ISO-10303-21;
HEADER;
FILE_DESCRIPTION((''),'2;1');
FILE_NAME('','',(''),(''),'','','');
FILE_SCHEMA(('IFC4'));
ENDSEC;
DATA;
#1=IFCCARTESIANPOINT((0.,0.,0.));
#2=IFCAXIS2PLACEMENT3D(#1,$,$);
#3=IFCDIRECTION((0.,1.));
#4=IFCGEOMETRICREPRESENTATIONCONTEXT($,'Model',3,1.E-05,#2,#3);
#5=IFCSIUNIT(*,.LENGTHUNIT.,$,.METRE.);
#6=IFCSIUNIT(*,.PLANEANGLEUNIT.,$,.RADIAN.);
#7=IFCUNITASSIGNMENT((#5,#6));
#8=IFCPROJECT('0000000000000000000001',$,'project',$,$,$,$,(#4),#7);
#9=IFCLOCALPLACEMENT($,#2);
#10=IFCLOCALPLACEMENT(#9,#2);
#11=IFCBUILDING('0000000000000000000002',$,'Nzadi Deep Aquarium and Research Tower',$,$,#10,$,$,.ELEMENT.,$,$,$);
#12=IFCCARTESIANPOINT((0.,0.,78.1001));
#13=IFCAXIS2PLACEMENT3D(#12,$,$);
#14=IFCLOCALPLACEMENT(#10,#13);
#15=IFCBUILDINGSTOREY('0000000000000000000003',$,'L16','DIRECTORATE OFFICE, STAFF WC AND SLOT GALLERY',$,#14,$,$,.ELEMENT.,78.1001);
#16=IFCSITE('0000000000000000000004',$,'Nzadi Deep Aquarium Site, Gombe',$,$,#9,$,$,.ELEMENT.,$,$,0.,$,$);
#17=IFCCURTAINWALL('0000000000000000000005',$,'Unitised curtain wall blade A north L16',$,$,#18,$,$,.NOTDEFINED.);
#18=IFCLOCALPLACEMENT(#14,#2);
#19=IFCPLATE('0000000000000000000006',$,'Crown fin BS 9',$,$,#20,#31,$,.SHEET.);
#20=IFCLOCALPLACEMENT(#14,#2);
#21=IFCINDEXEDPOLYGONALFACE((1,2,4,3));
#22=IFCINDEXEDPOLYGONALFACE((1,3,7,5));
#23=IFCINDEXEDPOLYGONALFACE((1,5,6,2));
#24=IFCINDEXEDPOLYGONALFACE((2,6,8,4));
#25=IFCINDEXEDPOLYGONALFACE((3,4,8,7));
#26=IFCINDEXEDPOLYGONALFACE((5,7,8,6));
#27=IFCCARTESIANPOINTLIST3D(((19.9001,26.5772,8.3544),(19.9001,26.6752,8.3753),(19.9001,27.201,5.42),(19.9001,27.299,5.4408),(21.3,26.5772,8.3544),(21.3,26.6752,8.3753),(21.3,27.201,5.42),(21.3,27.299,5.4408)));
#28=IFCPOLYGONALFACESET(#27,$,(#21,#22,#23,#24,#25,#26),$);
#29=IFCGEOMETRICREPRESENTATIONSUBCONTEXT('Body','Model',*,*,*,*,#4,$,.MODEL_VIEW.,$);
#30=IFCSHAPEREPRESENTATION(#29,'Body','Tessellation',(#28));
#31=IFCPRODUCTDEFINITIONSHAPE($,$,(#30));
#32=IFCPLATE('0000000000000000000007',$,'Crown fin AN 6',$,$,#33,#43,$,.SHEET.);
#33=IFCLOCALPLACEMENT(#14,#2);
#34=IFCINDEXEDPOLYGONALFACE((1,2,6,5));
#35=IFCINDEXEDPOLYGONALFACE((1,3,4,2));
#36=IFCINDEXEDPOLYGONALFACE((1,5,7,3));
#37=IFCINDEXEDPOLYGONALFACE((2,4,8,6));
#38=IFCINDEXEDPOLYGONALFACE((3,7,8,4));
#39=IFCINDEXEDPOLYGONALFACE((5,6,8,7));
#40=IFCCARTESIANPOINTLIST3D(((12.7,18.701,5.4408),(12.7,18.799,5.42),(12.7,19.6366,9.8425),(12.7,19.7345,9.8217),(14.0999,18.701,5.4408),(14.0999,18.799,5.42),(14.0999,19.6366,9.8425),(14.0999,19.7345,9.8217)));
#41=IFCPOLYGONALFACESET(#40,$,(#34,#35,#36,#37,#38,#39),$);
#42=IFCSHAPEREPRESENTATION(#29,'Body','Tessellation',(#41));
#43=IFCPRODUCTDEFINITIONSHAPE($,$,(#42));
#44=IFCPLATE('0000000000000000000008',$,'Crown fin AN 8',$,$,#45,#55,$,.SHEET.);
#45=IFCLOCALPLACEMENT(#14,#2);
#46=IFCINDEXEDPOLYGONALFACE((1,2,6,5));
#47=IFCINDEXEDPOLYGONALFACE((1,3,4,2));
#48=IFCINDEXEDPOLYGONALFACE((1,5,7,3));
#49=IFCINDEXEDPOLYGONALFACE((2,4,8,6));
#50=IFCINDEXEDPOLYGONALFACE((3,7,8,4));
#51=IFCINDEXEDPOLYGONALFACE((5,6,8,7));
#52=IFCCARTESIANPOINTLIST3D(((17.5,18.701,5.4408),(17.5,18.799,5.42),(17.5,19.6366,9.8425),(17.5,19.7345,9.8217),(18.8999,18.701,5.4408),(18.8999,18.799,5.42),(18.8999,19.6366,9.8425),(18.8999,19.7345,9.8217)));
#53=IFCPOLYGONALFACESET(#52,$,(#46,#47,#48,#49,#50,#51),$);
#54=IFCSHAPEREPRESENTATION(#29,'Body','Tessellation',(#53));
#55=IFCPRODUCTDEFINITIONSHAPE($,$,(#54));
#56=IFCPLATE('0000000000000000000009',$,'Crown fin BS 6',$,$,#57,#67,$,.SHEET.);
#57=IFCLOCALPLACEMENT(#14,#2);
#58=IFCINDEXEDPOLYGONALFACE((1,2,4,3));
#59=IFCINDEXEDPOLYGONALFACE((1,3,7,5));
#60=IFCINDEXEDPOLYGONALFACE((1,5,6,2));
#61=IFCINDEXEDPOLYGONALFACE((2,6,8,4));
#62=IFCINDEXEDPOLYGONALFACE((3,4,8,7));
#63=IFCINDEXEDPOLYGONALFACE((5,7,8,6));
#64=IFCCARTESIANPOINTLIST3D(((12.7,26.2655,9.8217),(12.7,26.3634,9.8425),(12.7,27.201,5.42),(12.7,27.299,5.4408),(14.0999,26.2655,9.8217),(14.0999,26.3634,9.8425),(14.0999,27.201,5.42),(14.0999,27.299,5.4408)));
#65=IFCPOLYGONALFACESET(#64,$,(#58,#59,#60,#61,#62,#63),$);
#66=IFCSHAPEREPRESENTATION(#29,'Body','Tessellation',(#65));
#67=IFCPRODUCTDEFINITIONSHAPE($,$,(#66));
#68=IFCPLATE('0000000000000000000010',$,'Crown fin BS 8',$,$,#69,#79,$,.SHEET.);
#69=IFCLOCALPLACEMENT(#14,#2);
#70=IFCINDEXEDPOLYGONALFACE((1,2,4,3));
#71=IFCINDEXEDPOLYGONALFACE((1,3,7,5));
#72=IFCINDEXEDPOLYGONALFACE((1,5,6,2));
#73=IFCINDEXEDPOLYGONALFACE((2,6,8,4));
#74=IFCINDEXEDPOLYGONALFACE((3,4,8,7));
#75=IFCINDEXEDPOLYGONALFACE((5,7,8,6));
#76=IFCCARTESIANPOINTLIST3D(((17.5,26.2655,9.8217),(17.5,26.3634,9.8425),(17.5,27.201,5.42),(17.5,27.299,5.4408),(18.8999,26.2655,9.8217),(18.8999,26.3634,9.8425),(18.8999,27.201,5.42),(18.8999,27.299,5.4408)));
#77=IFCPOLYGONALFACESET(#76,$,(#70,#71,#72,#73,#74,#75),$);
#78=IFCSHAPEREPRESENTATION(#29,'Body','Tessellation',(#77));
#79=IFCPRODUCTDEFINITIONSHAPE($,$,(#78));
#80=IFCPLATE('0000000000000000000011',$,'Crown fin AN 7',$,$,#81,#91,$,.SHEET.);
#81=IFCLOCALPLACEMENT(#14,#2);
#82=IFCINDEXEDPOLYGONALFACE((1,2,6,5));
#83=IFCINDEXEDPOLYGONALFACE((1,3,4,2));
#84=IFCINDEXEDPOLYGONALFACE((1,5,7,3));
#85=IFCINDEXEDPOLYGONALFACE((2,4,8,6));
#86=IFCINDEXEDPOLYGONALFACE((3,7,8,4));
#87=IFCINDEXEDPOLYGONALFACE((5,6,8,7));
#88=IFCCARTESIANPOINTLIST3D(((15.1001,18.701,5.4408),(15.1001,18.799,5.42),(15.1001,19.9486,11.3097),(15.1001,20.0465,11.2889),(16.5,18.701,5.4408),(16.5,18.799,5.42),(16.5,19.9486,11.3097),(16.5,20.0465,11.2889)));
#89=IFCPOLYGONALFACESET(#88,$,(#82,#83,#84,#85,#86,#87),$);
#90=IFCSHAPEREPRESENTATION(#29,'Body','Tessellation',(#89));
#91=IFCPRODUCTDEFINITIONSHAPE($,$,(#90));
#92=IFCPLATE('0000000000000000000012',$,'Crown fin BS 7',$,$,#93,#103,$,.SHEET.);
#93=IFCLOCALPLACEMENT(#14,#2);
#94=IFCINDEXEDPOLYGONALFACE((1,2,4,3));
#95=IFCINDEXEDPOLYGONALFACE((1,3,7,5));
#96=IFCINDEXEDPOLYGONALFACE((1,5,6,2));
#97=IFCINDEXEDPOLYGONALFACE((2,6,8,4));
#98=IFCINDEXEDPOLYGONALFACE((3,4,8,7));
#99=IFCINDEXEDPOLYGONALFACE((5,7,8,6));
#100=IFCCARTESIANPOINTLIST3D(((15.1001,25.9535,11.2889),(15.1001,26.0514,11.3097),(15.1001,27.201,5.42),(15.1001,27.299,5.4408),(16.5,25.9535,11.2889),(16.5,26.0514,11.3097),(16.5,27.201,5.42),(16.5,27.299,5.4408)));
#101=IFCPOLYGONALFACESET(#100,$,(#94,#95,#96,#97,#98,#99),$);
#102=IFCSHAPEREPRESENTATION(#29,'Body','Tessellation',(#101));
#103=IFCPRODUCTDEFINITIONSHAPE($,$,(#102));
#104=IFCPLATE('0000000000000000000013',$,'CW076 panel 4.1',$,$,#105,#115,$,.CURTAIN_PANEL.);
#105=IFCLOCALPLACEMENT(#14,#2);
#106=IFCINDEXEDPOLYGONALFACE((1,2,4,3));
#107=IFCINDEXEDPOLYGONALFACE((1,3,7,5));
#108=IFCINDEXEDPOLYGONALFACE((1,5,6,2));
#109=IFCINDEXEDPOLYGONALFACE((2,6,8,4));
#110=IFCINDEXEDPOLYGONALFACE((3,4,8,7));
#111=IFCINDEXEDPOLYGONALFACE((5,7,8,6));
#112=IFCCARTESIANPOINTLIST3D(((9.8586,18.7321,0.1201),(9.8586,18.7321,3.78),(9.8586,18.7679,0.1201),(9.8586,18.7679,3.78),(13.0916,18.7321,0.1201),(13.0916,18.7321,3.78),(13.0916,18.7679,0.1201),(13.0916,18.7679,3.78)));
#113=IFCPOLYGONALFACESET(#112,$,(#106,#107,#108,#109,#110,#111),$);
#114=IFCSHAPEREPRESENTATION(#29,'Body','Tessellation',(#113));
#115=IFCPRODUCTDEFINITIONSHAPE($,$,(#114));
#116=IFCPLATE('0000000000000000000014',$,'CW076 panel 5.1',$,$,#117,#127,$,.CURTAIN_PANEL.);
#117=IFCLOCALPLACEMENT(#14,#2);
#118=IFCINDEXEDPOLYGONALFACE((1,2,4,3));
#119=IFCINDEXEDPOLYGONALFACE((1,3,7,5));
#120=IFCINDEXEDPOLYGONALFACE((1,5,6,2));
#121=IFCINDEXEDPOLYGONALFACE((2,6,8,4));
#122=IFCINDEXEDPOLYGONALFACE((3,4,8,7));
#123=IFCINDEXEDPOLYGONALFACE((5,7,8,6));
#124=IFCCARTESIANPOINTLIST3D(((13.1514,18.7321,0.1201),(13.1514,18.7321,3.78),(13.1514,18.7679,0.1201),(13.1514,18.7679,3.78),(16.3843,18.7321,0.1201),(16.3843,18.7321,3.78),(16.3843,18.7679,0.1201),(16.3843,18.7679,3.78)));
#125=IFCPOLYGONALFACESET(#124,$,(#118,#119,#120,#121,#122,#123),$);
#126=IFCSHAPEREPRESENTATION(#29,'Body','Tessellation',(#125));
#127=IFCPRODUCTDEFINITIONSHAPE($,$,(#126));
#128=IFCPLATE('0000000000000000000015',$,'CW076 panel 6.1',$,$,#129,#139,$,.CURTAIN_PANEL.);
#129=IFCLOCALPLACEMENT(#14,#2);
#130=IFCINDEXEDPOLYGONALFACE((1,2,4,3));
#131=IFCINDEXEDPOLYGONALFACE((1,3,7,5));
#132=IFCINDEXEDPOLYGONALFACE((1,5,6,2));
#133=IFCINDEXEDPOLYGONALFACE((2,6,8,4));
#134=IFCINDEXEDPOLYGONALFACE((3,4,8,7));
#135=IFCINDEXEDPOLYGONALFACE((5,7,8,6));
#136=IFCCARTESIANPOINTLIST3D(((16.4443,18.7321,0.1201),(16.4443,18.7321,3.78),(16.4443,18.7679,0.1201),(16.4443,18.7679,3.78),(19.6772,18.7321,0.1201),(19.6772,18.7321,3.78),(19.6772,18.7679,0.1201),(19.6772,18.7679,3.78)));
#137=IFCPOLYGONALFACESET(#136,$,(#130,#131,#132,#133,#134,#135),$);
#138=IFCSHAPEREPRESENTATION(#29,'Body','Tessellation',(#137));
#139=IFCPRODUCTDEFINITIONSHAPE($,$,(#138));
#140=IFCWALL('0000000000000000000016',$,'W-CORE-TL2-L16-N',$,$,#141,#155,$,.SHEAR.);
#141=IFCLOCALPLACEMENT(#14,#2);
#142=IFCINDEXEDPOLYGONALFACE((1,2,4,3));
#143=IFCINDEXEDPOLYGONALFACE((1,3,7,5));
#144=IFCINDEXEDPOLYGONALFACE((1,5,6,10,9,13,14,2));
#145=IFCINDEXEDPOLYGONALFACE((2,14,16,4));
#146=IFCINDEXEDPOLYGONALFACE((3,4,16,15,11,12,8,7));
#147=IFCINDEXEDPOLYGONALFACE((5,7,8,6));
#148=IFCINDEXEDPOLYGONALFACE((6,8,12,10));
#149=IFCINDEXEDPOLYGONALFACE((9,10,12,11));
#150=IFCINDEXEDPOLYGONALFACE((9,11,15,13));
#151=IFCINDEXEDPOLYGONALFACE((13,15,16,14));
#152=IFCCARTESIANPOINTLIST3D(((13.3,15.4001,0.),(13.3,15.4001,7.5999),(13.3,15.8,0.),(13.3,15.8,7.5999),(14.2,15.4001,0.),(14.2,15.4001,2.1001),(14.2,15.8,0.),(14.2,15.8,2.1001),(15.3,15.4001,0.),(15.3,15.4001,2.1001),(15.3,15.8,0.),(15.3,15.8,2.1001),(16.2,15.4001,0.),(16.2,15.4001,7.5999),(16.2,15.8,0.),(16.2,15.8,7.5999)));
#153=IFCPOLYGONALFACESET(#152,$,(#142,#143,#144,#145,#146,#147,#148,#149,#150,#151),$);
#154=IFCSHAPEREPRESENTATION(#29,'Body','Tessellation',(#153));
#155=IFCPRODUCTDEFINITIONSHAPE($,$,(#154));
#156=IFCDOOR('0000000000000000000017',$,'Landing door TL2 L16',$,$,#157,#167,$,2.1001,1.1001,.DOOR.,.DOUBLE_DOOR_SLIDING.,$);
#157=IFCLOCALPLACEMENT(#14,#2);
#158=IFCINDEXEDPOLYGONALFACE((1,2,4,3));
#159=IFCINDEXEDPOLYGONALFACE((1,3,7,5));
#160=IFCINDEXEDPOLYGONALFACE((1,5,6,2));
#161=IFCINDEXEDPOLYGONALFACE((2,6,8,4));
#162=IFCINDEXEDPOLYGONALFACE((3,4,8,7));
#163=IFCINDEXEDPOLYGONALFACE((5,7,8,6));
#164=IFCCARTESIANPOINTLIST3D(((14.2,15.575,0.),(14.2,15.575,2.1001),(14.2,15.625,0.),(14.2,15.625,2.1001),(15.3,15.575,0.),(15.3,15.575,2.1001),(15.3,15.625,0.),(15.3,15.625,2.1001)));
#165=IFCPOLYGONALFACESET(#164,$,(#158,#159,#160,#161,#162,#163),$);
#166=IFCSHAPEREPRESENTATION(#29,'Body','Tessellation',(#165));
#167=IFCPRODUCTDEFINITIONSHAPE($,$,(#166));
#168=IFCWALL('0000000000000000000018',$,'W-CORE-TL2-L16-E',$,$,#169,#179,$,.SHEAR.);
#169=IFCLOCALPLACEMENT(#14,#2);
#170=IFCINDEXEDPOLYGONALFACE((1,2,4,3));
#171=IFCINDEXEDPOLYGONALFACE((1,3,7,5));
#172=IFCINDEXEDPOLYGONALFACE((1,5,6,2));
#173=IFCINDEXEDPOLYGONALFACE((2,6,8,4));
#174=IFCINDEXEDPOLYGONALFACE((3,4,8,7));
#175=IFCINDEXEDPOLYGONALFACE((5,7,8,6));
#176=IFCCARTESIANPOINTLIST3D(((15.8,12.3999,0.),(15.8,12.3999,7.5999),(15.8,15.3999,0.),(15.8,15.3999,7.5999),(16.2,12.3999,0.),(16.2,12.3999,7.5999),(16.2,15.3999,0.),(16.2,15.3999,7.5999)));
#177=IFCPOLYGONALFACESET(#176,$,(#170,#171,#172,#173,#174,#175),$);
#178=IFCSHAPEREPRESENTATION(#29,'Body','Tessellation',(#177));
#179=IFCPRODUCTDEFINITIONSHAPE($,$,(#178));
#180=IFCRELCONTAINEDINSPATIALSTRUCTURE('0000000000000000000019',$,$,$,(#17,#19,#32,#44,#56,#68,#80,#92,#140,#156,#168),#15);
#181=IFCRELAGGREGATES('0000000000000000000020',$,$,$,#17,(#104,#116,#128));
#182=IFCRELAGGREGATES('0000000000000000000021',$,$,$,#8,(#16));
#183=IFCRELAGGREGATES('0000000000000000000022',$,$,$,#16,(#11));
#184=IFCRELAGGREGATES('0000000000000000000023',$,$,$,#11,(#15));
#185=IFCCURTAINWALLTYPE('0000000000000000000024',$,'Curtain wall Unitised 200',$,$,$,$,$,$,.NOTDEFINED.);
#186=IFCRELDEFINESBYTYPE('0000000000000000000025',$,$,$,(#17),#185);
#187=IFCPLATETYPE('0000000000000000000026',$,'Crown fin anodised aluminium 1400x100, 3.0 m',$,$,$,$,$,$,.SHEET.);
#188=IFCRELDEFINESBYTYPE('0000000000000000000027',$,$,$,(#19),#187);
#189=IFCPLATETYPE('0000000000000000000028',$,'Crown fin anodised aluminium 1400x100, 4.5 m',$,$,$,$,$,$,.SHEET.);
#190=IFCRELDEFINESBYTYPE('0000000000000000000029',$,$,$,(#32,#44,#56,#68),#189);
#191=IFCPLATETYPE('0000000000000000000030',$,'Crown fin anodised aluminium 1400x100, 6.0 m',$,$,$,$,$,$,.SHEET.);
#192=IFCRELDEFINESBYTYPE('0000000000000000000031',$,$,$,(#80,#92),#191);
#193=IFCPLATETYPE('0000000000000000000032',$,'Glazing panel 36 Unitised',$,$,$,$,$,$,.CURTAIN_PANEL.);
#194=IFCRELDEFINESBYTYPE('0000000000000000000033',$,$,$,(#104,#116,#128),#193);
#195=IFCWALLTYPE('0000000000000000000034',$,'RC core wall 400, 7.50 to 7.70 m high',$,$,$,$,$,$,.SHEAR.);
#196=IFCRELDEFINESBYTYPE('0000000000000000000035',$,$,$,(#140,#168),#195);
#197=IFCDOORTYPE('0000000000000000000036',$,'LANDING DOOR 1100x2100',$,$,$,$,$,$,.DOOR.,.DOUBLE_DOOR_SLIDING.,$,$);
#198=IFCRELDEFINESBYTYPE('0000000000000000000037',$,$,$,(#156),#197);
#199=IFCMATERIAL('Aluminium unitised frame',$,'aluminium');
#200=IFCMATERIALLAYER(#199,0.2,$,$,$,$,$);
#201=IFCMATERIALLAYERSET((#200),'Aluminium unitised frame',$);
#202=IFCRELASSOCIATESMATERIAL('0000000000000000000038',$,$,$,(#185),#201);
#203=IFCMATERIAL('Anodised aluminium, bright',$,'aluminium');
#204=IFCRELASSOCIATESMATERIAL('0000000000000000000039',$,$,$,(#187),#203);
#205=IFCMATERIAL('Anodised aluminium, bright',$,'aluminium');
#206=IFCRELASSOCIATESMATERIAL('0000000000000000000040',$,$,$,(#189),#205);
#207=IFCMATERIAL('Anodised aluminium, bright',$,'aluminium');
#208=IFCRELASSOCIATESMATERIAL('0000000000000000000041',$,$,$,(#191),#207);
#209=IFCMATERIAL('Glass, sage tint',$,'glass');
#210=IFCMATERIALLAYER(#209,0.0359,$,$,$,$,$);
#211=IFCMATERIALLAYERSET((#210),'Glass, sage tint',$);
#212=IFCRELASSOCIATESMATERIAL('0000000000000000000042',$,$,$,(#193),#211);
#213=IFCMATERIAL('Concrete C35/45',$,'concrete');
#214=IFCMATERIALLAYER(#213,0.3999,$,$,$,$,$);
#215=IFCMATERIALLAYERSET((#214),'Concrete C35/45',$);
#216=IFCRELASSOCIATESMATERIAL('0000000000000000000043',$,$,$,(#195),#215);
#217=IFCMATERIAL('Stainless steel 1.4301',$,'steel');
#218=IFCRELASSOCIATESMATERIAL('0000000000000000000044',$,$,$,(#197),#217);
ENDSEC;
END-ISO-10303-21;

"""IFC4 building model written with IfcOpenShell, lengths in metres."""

from ifc_helpers import new_model, si_unit, direction, frame, frame_2d, origin, origin_2d, place, context, subcontext, project, spatial, rectangle, extrude, material, layer, layer_set, material_profile, profile_set, type_object, element, fill, aggregate, save


model = new_model("IFC4")

# Units and contexts
model_context = context("Model", 3, precision=1e-05, world=origin(), true_north=direction((0.0, 1.0)))
body_context = subcontext(model_context, "Body", "Model", "MODEL_VIEW")
ifc_project = project(units=[si_unit("LENGTHUNIT", "METRE"), si_unit("PLANEANGLEUNIT", "RADIAN")], contexts=[model_context])

# Site, building, storey
site_placement = place(None, origin())
site = spatial("IfcSite", under=ifc_project, at=site_placement, Name="Nzadi Deep Aquarium Site, Gombe", CompositionType="ELEMENT", RefElevation=0.0)
building_placement = place(site_placement, origin())
building = spatial("IfcBuilding", under=site, at=building_placement, Name="Nzadi Deep Aquarium and Research Tower", CompositionType="ELEMENT")
storey_placement = place(building_placement, frame((0.0, 0.0, 78.1001)))
storey = spatial("IfcBuildingStorey", under=building, at=storey_placement, Name="L16", Description="DIRECTORATE OFFICE, STAFF WC AND SLOT GALLERY", CompositionType="ELEMENT", Elevation=78.1001)

# Curtain wall
ifc_material_1 = material(Name="Aluminium unitised frame", Category="aluminium")
ifc_layer_1 = layer(ifc_material_1, 0.2)
ifc_layer_set_1 = layer_set([ifc_layer_1], Name="Aluminium unitised frame")
curtain_wall_type = type_object("IfcCurtainWallType", Name="Curtain wall Unitised 200", PredefinedType="NOTDEFINED", material=ifc_layer_set_1)
curtain_wall_placement = place(storey_placement, origin())
curtain_wall = element("IfcCurtainWall", 1, at=curtain_wall_placement, inside=storey, type_object=curtain_wall_type, Name="Unitised curtain wall blade A north L16", PredefinedType="NOTDEFINED")

# Plates
ifc_material_2 = material(Name="Anodised aluminium, bright", Category="aluminium")
ifc_material_profile_1 = material_profile(ifc_material_2, rectangle(XDim=1.3999, YDim=0.1001, at=origin_2d()))
ifc_profile_set_1 = profile_set([ifc_material_profile_1], Name="Anodised aluminium, bright")
plate_type_1 = type_object("IfcPlateType", Name="Crown fin anodised aluminium 1400x100, 3.0 m", PredefinedType="SHEET", material=ifc_profile_set_1)
for number, where, z_axis, x_axis, name in (
    (2, (20.6001, 27.25, 5.4304), (0.0, -0.207934, 0.978143), (1.0, 0.0, 0.0), "Crown fin BS 9"),
):
    element("IfcPlate", number, at=place(storey_placement, frame(where, z_axis=z_axis, x_axis=x_axis)), inside=storey, type_object=plate_type_1, Name=name, PredefinedType="SHEET", context=body_context, shape_type="SweptSolid", body=[
        extrude(rectangle(XDim=1.3999, YDim=0.1001, at=origin_2d()), origin(), (0.0, 0.0, 1.0), 3.0),
    ])
ifc_material_3 = material(Name="Anodised aluminium, bright", Category="aluminium")
ifc_material_profile_2 = material_profile(ifc_material_3, rectangle(XDim=1.3999, YDim=0.1001, at=origin_2d()))
ifc_profile_set_2 = profile_set([ifc_material_profile_2], Name="Anodised aluminium, bright")
plate_type_2 = type_object("IfcPlateType", Name="Crown fin anodised aluminium 1400x100, 4.5 m", PredefinedType="SHEET", material=ifc_profile_set_2)
for number, where, z_axis, x_axis, name in (
    (3, (13.3999, 18.75, 5.4304), (0.0, 0.207902, 0.97815), (-1.0, 0.0, 0.0), "Crown fin AN 6"),
    (4, (18.2, 18.75, 5.4304), (0.0, 0.207902, 0.97815), (-1.0, 0.0, 0.0), "Crown fin AN 8"),
    (5, (13.3999, 27.25, 5.4304), (0.0, -0.207902, 0.97815), (1.0, 0.0, 0.0), "Crown fin BS 6"),
    (6, (18.2, 27.25, 5.4304), (0.0, -0.207902, 0.97815), (1.0, 0.0, 0.0), "Crown fin BS 8"),
):
    element("IfcPlate", number, at=place(storey_placement, frame(where, z_axis=z_axis, x_axis=x_axis)), inside=storey, type_object=plate_type_2, Name=name, PredefinedType="SHEET", context=body_context, shape_type="SweptSolid", body=[
        extrude(rectangle(XDim=1.3999, YDim=0.1001, at=origin_2d()), origin(), (0.0, 0.0, 1.0), 4.5),
    ])
ifc_material_4 = material(Name="Anodised aluminium, bright", Category="aluminium")
ifc_material_profile_3 = material_profile(ifc_material_4, rectangle(XDim=1.3999, YDim=0.1001, at=origin_2d()))
ifc_profile_set_3 = profile_set([ifc_material_profile_3], Name="Anodised aluminium, bright")
plate_type_3 = type_object("IfcPlateType", Name="Crown fin anodised aluminium 1400x100, 6.0 m", PredefinedType="SHEET", material=ifc_profile_set_3)
for number, where, z_axis, x_axis, name in (
    (7, (15.8, 18.75, 5.4304), (0.0, 0.207925, 0.978145), (-1.0, 0.0, 0.0), "Crown fin AN 7"),
    (8, (15.8, 27.25, 5.4304), (0.0, -0.207925, 0.978145), (1.0, 0.0, 0.0), "Crown fin BS 7"),
):
    element("IfcPlate", number, at=place(storey_placement, frame(where, z_axis=z_axis, x_axis=x_axis)), inside=storey, type_object=plate_type_3, Name=name, PredefinedType="SHEET", context=body_context, shape_type="SweptSolid", body=[
        extrude(rectangle(XDim=1.3999, YDim=0.1001, at=origin_2d()), origin(), (0.0, 0.0, 1.0), 6.0),
    ])

# Plates
ifc_material_5 = material(Name="Glass, sage tint", Category="glass")
ifc_layer_2 = layer(ifc_material_5, 0.0359)
ifc_layer_set_2 = layer_set([ifc_layer_2], Name="Glass, sage tint")
plate_type_4 = type_object("IfcPlateType", Name="Glazing panel 36 Unitised", PredefinedType="CURTAIN_PANEL", material=ifc_layer_set_2)
plate_1_placement = place(storey_placement, frame((11.4751, 18.75, 0.1201), z_axis=(0.0, 0.0, 1.0), x_axis=(1.0, 0.0, 0.0)))
plate_1 = element("IfcPlate", 9, at=plate_1_placement, type_object=plate_type_4, Name="CW076 panel 4.1", PredefinedType="CURTAIN_PANEL", context=body_context, shape_type="SweptSolid", body=[
    extrude(rectangle(XDim=3.2329, YDim=0.0359, at=origin_2d()), origin(), (0.0, 0.0, 1.0), 3.6599),
])
plate_2_placement = place(storey_placement, frame((14.7678, 18.75, 0.1201), z_axis=(0.0, 0.0, 1.0), x_axis=(1.0, 0.0, 0.0)))
plate_2 = element("IfcPlate", 10, at=plate_2_placement, type_object=plate_type_4, Name="CW076 panel 5.1", PredefinedType="CURTAIN_PANEL", context=body_context, shape_type="SweptSolid", body=[
    extrude(rectangle(XDim=3.2329, YDim=0.0359, at=origin_2d()), origin(), (0.0, 0.0, 1.0), 3.6599),
])
plate_3_placement = place(storey_placement, frame((18.0608, 18.75, 0.1201), z_axis=(0.0, 0.0, 1.0), x_axis=(1.0, 0.0, 0.0)))
plate_3 = element("IfcPlate", 11, at=plate_3_placement, type_object=plate_type_4, Name="CW076 panel 6.1", PredefinedType="CURTAIN_PANEL", context=body_context, shape_type="SweptSolid", body=[
    extrude(rectangle(XDim=3.2329, YDim=0.0359, at=origin_2d()), origin(), (0.0, 0.0, 1.0), 3.6599),
])
aggregate(curtain_wall, [plate_1, plate_2, plate_3])

# Wall, opening, door
ifc_material_6 = material(Name="Concrete C35/45", Category="concrete")
ifc_layer_3 = layer(ifc_material_6, 0.3999)
ifc_layer_set_3 = layer_set([ifc_layer_3], Name="Concrete C35/45")
wall_type = type_object("IfcWallType", Name="RC core wall 400, 7.50 to 7.70 m high", PredefinedType="SHEAR", material=ifc_layer_set_3)
wall_1_placement = place(storey_placement, frame((13.3, 15.6001, 0.0), z_axis=(0.0, 0.0, 1.0), x_axis=(1.0, 0.0, 0.0)))
wall_1 = element("IfcWall", 12, at=wall_1_placement, inside=storey, type_object=wall_type, Name="W-CORE-TL2-L16-N", PredefinedType="SHEAR", context=body_context, shape_type="SweptSolid", body=[
    extrude(rectangle(XDim=2.8999, YDim=0.3999, at=frame_2d((1.45, 0.0))), origin(), (0.0, 0.0, 1.0), 7.5999),
])
opening_1_placement = place(wall_1_placement, frame((0.8999, 0.0, 0.0)))
opening_1 = element("IfcOpeningElement", 13, at=opening_1_placement, cuts=wall_1, PredefinedType="OPENING", context=body_context, shape_type="SweptSolid", body=[
    extrude(rectangle(XDim=1.1001, YDim=2.1001, at=frame_2d((0.55, 1.05))), frame((0.0, 0.21, 0.0), z_axis=(0.0, -1.0, 0.0), x_axis=(1.0, 0.0, 0.0)), (0.0, 0.0, 1.0), 0.4199),
])
ifc_material_7 = material(Name="Stainless steel 1.4301", Category="steel")
door_type_1 = type_object("IfcDoorType", Name="LANDING DOOR 1100x2100", OperationType="DOUBLE_DOOR_SLIDING", PredefinedType="DOOR", material=ifc_material_7)
door_1_placement = place(opening_1_placement, origin())
door_1 = element("IfcDoor", 14, at=door_1_placement, inside=storey, type_object=door_type_1, Name="Landing door TL2 L16", OperationType="DOUBLE_DOOR_SLIDING", OverallHeight=2.1001, OverallWidth=1.1001, PredefinedType="DOOR", context=body_context, shape_type="SweptSolid", body=[
    extrude(rectangle(XDim=1.1001, YDim=2.1001, at=frame_2d((0.55, 1.05))), frame((0.0, 0.0249, 0.0), z_axis=(0.0, -1.0, 0.0), x_axis=(1.0, 0.0, 0.0)), (0.0, 0.0, 1.0), 0.05),
])
fill(opening_1, door_1)

# Wall
wall_2_placement = place(storey_placement, frame((16.0, 12.3999, 0.0), z_axis=(0.0, 0.0, 1.0), x_axis=(0.0, 1.0, 0.0)))
element("IfcWall", 15, at=wall_2_placement, inside=storey, type_object=wall_type, Name="W-CORE-TL2-L16-E", PredefinedType="SHEAR", context=body_context, shape_type="SweptSolid", body=[
    extrude(rectangle(XDim=3.0, YDim=0.3999, at=frame_2d((1.5, 0.0))), origin(), (0.0, 0.0, 1.0), 7.5999),
])

save(model, "model.ifc")
